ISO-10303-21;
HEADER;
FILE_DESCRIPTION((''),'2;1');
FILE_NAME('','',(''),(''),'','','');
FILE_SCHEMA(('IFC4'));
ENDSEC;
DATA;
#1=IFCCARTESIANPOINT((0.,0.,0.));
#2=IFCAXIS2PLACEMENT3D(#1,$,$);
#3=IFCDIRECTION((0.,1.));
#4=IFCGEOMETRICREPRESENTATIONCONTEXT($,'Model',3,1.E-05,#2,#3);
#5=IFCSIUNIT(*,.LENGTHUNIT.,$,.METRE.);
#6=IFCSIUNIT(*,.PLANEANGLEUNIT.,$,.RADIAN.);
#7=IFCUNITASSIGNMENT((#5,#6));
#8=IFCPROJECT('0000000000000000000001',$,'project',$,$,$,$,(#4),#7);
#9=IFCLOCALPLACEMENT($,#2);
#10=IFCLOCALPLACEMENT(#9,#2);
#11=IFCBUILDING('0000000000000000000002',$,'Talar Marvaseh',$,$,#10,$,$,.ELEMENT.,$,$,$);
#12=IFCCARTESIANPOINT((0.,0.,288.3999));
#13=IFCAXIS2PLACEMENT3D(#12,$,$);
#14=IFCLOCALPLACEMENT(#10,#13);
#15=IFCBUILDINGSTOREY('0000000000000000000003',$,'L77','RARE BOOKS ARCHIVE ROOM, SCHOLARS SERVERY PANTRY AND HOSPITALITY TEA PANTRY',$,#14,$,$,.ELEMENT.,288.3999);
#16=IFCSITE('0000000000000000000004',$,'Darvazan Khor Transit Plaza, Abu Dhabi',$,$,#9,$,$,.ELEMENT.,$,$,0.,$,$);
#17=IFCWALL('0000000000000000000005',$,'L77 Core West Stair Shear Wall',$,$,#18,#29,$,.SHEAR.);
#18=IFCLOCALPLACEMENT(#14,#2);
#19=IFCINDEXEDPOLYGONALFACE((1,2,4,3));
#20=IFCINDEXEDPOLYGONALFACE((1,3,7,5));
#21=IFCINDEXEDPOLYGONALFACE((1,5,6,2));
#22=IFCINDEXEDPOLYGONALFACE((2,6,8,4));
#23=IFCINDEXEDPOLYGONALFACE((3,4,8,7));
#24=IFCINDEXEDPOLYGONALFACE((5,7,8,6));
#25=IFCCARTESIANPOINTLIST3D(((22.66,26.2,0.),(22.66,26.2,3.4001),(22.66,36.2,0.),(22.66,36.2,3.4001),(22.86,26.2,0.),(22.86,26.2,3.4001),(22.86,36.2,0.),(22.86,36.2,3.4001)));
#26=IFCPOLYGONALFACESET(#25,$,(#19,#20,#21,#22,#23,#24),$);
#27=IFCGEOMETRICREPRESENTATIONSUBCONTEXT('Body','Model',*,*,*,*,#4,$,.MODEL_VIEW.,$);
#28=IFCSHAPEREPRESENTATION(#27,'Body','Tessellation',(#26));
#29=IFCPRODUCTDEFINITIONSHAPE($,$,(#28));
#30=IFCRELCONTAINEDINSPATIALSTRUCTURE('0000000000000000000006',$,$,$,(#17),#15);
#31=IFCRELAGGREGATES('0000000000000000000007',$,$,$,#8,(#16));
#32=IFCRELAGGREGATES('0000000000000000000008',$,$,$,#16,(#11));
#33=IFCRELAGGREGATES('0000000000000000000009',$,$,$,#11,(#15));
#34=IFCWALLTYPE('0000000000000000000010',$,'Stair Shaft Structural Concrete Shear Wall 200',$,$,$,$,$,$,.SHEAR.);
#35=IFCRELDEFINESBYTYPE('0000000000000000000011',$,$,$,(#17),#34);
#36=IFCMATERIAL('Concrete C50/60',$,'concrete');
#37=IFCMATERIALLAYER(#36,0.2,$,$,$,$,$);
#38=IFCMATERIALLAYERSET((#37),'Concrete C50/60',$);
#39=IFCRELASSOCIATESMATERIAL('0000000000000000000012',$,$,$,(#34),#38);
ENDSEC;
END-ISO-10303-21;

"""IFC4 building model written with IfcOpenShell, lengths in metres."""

from ifc_helpers import new_model, si_unit, direction, frame, frame_2d, origin, place, context, subcontext, project, spatial, rectangle, extrude, material, layer, layer_set, type_object, element, save


model = new_model("IFC4")

# Units and contexts
model_context = context("Model", 3, precision=1e-05, world=origin(), true_north=direction((0.0, 1.0)))
body_context = subcontext(model_context, "Body", "Model", "MODEL_VIEW")
ifc_project = project(units=[si_unit("LENGTHUNIT", "METRE"), si_unit("PLANEANGLEUNIT", "RADIAN")], contexts=[model_context])

# Site, building, storey
site_placement = place(None, origin())
site = spatial("IfcSite", under=ifc_project, at=site_placement, Name="Darvazan Khor Transit Plaza, Abu Dhabi", CompositionType="ELEMENT", RefElevation=0.0)
building_placement = place(site_placement, origin())
building = spatial("IfcBuilding", under=site, at=building_placement, Name="Talar Marvaseh", CompositionType="ELEMENT")
storey_placement = place(building_placement, frame((0.0, 0.0, 288.3999)))
storey = spatial("IfcBuildingStorey", under=building, at=storey_placement, Name="L77", Description="RARE BOOKS ARCHIVE ROOM, SCHOLARS SERVERY PANTRY AND HOSPITALITY TEA PANTRY", CompositionType="ELEMENT", Elevation=288.3999)

# Shared definitions
ifc_material_1 = material(Name="Concrete C50/60", Category="concrete")

# Wall
ifc_layer_1 = layer(ifc_material_1, 0.2)
ifc_layer_set_1 = layer_set([ifc_layer_1], Name="Concrete C50/60")
wall_type_1 = type_object("IfcWallType", Name="Stair Shaft Structural Concrete Shear Wall 200", PredefinedType="SHEAR", material=ifc_layer_set_1)
wall_1_placement = place(storey_placement, frame((22.76, 26.2, 0.0), z_axis=(0.0, 0.0, 1.0), x_axis=(0.0, 1.0, 0.0)))
element("IfcWall", 1, at=wall_1_placement, inside=storey, type_object=wall_type_1, Name="L77 Core West Stair Shear Wall", PredefinedType="SHEAR", context=body_context, shape_type="SweptSolid", body=[
    extrude(rectangle(XDim=10.0, YDim=0.2, at=frame_2d((5.0, 0.0))), origin(), (0.0, 0.0, 1.0), 3.4001),
])

save(model, "model.ifc")
